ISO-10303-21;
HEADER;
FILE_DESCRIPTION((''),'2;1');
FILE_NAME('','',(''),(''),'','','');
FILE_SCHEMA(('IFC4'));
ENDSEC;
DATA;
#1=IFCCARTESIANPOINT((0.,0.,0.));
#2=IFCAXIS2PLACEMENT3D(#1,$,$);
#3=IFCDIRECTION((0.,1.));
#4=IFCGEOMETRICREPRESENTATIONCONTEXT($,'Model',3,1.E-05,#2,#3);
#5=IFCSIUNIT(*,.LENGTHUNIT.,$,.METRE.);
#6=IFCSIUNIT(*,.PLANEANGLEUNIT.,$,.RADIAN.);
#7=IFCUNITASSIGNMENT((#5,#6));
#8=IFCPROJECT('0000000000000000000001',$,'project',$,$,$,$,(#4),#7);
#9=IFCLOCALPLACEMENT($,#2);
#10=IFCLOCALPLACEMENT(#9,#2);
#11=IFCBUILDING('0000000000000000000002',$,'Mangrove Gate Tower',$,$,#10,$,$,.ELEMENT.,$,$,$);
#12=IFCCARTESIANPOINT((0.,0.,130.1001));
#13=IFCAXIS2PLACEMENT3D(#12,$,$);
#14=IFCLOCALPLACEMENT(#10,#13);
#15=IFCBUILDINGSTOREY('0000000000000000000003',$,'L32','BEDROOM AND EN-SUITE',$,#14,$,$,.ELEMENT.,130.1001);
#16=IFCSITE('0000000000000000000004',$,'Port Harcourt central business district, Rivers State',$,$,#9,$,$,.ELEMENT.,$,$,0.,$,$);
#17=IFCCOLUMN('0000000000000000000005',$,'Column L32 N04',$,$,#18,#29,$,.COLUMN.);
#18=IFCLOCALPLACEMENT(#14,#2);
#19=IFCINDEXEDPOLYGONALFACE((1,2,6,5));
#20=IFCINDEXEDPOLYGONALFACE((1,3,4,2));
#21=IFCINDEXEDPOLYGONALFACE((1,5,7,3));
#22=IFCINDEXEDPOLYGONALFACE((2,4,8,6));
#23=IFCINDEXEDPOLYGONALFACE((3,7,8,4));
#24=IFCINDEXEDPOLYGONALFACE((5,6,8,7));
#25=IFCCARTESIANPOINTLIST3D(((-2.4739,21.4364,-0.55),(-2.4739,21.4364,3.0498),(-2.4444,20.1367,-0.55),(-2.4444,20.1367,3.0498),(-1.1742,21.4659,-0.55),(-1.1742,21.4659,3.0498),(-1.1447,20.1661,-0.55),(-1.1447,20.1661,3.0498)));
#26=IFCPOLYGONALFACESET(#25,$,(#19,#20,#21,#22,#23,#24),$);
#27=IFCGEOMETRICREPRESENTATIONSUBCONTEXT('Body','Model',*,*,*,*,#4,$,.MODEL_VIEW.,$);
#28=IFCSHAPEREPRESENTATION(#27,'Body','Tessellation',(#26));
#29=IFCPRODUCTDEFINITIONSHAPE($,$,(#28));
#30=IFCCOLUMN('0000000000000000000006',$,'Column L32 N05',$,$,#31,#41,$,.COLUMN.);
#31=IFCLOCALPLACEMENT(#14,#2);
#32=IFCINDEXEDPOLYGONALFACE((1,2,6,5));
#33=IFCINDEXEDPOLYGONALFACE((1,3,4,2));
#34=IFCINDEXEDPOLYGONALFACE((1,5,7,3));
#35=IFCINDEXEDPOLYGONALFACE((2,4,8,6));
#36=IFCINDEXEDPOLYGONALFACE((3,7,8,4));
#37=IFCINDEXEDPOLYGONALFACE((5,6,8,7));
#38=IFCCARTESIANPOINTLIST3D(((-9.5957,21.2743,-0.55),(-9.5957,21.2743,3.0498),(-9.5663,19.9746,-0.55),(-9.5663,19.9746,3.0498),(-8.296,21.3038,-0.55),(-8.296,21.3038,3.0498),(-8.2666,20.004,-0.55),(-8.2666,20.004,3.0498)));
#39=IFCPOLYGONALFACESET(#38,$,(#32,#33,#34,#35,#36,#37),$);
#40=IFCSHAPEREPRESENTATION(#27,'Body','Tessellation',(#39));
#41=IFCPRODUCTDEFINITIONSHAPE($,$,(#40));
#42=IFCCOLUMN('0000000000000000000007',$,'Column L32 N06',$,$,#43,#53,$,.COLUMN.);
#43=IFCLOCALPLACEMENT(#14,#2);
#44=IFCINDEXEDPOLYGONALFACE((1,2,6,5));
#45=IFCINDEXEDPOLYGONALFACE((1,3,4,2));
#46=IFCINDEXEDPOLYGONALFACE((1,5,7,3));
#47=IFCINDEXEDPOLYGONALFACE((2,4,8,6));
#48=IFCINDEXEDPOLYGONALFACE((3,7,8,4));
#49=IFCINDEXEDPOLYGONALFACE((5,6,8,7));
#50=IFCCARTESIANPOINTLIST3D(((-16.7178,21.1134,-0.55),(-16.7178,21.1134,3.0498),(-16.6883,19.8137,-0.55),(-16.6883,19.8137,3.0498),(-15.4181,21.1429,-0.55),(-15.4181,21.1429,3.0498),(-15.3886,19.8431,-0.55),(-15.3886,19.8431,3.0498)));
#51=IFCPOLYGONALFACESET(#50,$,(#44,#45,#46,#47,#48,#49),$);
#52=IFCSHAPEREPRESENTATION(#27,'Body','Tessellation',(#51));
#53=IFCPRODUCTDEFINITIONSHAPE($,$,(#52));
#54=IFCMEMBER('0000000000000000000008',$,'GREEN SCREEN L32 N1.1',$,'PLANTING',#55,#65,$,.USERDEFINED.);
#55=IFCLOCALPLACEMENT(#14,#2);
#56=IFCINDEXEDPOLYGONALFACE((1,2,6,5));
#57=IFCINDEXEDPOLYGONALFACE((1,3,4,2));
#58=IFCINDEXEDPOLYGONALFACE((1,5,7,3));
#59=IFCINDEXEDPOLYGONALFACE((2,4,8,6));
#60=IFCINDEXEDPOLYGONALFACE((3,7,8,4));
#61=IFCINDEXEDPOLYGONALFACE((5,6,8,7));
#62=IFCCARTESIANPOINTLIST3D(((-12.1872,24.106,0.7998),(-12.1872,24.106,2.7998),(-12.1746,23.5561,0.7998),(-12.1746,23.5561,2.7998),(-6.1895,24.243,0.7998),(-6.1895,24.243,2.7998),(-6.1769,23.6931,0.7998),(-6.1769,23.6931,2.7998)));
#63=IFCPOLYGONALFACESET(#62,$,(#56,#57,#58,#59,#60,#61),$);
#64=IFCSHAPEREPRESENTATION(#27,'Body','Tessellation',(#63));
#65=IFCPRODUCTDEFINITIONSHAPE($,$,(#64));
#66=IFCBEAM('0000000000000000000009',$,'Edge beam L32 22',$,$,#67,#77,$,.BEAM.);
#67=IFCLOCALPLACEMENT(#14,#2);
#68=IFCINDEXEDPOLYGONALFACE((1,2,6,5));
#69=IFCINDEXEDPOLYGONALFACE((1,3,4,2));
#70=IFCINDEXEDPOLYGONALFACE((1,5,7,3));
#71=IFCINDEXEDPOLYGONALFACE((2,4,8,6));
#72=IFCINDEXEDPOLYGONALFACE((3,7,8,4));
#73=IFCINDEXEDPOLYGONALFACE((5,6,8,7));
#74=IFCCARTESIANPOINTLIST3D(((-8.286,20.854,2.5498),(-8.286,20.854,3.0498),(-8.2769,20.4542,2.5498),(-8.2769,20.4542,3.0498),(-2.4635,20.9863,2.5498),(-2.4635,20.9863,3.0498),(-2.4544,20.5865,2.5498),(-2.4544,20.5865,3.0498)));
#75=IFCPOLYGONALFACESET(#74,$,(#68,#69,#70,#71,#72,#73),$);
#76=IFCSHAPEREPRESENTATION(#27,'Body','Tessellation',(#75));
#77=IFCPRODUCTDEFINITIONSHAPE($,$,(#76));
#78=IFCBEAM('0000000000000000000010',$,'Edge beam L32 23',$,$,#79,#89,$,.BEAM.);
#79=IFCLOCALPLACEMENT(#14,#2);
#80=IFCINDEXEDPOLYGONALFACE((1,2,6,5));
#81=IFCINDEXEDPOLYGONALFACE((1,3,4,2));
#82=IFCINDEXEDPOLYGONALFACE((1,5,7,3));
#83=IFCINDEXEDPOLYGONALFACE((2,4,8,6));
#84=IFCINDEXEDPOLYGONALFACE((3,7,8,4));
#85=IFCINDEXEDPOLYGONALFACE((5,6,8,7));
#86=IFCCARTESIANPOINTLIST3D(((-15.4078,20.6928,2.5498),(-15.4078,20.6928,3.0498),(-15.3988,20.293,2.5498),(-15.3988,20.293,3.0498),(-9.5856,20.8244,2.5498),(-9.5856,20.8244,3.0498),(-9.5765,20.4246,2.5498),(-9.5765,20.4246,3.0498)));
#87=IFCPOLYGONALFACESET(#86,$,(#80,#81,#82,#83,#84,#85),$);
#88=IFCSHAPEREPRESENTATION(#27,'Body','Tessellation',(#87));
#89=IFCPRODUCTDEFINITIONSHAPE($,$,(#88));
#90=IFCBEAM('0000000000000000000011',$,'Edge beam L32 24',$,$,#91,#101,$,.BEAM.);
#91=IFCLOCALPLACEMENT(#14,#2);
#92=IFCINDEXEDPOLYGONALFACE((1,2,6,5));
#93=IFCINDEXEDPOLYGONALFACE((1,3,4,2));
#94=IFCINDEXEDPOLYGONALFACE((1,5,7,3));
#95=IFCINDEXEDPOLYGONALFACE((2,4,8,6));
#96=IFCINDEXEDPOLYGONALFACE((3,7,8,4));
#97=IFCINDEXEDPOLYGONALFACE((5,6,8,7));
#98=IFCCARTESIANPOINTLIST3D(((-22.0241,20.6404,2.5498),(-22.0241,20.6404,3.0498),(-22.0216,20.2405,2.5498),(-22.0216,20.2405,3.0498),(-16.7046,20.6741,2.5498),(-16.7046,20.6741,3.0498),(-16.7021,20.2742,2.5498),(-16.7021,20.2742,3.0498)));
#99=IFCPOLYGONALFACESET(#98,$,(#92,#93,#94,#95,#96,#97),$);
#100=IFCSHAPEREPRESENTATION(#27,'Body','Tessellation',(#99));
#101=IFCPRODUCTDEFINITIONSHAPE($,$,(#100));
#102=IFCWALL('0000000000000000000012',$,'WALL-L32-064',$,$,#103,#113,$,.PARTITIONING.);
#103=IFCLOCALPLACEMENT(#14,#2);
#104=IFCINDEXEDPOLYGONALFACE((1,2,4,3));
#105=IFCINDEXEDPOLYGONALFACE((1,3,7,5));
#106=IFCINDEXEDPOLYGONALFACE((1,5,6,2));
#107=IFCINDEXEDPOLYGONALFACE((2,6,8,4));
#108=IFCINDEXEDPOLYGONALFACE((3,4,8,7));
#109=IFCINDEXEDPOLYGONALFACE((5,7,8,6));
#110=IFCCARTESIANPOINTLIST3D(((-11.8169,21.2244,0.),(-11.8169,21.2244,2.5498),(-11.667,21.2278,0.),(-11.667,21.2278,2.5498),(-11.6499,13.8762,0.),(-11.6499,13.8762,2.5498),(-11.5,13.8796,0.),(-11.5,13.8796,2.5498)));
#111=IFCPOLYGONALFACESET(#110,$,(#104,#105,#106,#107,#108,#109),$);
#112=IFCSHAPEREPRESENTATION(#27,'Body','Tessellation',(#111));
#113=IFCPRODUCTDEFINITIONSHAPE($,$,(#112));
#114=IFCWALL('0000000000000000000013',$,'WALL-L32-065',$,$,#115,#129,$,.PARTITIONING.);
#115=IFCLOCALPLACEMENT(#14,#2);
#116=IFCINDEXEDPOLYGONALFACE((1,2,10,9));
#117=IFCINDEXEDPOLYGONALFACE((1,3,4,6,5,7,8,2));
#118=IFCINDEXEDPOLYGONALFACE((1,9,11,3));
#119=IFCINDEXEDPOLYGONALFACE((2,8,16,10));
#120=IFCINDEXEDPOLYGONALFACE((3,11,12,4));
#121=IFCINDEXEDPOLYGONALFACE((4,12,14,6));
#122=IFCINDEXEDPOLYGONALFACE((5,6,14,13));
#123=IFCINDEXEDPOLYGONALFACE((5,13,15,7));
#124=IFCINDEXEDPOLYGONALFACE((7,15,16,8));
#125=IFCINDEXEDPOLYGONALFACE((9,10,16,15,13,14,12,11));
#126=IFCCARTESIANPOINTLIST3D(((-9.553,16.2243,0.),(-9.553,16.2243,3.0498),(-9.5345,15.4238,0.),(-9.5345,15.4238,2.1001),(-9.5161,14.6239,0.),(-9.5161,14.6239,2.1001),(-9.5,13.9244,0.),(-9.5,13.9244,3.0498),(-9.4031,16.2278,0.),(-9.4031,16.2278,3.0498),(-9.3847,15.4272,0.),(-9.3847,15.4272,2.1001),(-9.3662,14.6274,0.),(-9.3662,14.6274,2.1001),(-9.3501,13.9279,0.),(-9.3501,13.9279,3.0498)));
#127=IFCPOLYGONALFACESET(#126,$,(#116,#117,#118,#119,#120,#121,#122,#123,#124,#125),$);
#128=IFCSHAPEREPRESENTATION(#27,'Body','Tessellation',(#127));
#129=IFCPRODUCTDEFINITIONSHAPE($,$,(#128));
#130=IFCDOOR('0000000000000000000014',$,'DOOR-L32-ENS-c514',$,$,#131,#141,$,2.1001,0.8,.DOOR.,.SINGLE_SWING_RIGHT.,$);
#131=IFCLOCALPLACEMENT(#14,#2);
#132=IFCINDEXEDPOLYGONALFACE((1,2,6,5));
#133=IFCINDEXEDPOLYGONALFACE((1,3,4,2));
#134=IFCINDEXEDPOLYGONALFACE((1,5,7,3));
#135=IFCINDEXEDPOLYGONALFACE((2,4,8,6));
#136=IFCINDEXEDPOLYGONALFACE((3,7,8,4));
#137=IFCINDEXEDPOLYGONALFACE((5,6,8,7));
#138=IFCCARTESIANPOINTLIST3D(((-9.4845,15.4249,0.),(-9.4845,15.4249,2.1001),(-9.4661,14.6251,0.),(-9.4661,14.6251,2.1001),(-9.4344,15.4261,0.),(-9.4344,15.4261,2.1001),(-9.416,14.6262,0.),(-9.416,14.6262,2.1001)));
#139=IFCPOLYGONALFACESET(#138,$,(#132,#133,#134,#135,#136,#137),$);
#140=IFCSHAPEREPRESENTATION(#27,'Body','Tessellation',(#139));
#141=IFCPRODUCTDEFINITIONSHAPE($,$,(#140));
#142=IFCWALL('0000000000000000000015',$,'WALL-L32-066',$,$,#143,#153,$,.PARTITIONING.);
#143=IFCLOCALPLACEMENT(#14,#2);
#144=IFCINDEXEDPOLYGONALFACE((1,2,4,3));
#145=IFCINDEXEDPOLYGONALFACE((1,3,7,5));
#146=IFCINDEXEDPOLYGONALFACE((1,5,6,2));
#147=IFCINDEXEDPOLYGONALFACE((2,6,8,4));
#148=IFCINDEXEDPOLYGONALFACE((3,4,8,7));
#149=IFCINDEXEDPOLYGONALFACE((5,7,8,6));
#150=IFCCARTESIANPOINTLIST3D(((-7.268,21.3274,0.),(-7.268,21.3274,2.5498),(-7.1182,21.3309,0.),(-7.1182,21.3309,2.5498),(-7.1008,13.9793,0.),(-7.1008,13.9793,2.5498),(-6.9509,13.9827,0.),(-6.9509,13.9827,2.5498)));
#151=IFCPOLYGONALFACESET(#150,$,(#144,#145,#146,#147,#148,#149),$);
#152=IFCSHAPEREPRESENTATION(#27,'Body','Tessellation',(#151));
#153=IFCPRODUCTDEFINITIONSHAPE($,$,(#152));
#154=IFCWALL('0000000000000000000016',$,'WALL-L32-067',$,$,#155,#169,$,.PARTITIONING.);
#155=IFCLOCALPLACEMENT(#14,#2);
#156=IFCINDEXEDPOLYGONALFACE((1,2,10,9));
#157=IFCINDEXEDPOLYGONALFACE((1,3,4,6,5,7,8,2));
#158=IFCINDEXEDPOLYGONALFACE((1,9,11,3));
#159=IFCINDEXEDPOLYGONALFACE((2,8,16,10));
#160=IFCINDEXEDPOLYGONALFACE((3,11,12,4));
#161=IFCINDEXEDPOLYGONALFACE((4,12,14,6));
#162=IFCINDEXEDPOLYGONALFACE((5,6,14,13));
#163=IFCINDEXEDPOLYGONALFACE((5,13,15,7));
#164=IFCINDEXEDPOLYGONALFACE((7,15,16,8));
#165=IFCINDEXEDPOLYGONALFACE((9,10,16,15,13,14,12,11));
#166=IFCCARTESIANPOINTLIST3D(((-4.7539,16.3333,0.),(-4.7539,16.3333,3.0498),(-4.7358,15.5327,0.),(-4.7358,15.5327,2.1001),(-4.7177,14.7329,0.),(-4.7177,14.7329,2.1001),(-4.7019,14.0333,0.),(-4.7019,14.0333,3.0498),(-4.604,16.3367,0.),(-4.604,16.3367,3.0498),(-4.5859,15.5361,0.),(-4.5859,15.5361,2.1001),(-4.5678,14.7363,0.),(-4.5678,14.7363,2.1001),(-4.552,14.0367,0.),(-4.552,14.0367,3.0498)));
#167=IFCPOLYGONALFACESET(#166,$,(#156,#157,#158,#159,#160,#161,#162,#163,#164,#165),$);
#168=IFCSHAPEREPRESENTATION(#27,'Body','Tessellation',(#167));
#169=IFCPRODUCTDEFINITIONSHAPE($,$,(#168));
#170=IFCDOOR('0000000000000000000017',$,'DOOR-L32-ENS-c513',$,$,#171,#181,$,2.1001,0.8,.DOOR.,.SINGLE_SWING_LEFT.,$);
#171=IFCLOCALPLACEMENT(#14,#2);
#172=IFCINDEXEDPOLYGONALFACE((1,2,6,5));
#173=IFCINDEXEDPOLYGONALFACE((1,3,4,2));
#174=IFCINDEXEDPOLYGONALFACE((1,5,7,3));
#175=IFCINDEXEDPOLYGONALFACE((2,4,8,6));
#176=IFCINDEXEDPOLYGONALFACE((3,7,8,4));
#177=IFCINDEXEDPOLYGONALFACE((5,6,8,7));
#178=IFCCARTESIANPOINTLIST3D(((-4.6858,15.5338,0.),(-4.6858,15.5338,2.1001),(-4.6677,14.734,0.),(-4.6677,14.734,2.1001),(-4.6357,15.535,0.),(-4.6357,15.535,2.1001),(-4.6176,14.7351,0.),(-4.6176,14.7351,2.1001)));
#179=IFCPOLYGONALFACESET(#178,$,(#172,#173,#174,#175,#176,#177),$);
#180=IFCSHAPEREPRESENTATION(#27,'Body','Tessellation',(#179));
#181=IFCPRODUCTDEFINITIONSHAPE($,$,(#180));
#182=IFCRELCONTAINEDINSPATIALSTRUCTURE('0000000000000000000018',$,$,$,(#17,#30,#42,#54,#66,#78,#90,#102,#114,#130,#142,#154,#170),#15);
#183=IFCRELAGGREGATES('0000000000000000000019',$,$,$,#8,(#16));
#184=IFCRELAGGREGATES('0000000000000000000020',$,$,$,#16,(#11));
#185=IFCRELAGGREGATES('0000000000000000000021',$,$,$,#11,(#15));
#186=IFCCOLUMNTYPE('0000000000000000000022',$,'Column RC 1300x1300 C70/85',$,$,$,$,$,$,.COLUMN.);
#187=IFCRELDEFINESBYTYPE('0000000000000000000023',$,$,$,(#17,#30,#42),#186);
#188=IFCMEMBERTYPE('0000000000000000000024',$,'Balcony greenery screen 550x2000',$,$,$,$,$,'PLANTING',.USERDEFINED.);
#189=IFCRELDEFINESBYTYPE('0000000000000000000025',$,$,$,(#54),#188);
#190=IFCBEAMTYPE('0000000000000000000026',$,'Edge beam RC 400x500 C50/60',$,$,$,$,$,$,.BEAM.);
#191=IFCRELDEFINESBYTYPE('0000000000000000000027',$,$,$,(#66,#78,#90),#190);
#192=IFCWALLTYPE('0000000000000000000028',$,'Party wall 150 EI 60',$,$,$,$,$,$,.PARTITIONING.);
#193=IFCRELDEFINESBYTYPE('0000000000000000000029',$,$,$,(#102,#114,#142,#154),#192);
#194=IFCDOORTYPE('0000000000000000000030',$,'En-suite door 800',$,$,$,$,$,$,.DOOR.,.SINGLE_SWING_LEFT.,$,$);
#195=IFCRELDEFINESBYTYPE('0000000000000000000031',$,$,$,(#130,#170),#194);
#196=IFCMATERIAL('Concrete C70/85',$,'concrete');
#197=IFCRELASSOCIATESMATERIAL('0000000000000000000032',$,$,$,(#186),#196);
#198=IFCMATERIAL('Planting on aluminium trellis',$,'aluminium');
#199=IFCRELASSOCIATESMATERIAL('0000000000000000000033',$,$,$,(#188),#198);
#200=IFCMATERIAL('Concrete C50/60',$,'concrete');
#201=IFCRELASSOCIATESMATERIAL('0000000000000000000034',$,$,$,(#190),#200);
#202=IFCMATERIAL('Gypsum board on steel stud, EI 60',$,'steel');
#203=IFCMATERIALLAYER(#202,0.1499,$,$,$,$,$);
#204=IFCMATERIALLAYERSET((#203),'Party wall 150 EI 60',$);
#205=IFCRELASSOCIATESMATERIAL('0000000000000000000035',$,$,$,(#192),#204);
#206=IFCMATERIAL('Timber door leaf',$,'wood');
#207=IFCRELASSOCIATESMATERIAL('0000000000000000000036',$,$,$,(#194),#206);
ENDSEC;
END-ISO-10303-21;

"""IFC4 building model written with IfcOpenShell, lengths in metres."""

from ifc_helpers import new_model, si_unit, direction, frame, frame_2d, origin, origin_2d, place, context, subcontext, project, spatial, rectangle, extrude, material, layer, layer_set, material_profile, profile_set, type_object, element, fill, save


model = new_model("IFC4")

# Units and contexts
model_context = context("Model", 3, precision=1e-05, world=origin(), true_north=direction((0.0, 1.0)))
body_context = subcontext(model_context, "Body", "Model", "MODEL_VIEW")
ifc_project = project(units=[si_unit("LENGTHUNIT", "METRE"), si_unit("PLANEANGLEUNIT", "RADIAN")], contexts=[model_context])

# Site, building, storey
site_placement = place(None, origin())
site = spatial("IfcSite", under=ifc_project, at=site_placement, Name="Port Harcourt central business district, Rivers State", CompositionType="ELEMENT", RefElevation=0.0)
building_placement = place(site_placement, origin())
building = spatial("IfcBuilding", under=site, at=building_placement, Name="Mangrove Gate Tower", CompositionType="ELEMENT")
storey_placement = place(building_placement, frame((0.0, 0.0, 130.1001)))
storey = spatial("IfcBuildingStorey", under=building, at=storey_placement, Name="L32", Description="BEDROOM AND EN-SUITE", CompositionType="ELEMENT", Elevation=130.1001)

# Columns
ifc_material_1 = material(Name="Concrete C70/85", Category="concrete")
ifc_material_profile_1 = material_profile(ifc_material_1, rectangle(XDim=1.3, YDim=1.3, at=origin_2d()))
ifc_profile_set_1 = profile_set([ifc_material_profile_1], Name="Concrete C70/85")
column_type = type_object("IfcColumnType", Name="Column RC 1300x1300 C70/85", PredefinedType="COLUMN", material=ifc_profile_set_1)
for number, where, z_axis, x_axis, name in (
    (1, (-1.8093, 20.8013, -0.55), (0.0, 0.0, 1.0), (-0.999743, -0.02267, 0.0), "Column L32 N04"),
    (2, (-8.9312, 20.6392, -0.55), (0.0, 0.0, 1.0), (-0.999743, -0.02267, 0.0), "Column L32 N05"),
    (3, (-16.0532, 20.4783, -0.55), (0.0, 0.0, 1.0), (-0.999743, -0.022669, 0.0), "Column L32 N06"),
):
    element("IfcColumn", number, at=place(storey_placement, frame(where, z_axis=z_axis, x_axis=x_axis)), inside=storey, type_object=column_type, Name=name, PredefinedType="COLUMN", context=body_context, shape_type="SweptSolid", body=[
        extrude(rectangle(XDim=1.3, YDim=1.3, at=origin_2d()), origin(), (0.0, 0.0, 1.0), 3.5999),
    ])

# Member
ifc_material_2 = material(Name="Planting on aluminium trellis", Category="aluminium")
ifc_material_profile_2 = material_profile(ifc_material_2, rectangle(XDim=0.55, YDim=2.0, at=origin_2d()))
ifc_profile_set_2 = profile_set([ifc_material_profile_2], Name="Planting on aluminium trellis")
member_type = type_object("IfcMemberType", Name="Balcony greenery screen 550x2000", ElementType="PLANTING", PredefinedType="USERDEFINED", material=ifc_profile_set_2)
member_placement = place(storey_placement, frame((-12.1809, 23.8311, 1.7998), z_axis=(0.999739, 0.02283, 0.0), x_axis=(-0.02283, 0.999739, 0.0)))
element("IfcMember", 4, at=member_placement, inside=storey, type_object=member_type, Name="GREEN SCREEN L32 N1.1", ObjectType="PLANTING", PredefinedType="USERDEFINED", context=body_context, shape_type="SweptSolid", body=[
    extrude(rectangle(XDim=0.55, YDim=2.0, at=origin_2d()), origin(), (0.0, 0.0, 1.0), 5.9993),
])

# Beams
ifc_material_3 = material(Name="Concrete C50/60", Category="concrete")
ifc_material_profile_3 = material_profile(ifc_material_3, rectangle(XDim=0.3999, YDim=0.5, at=origin_2d()))
ifc_profile_set_3 = profile_set([ifc_material_profile_3], Name="Concrete C50/60")
beam_type = type_object("IfcBeamType", Name="Edge beam RC 400x500 C50/60", PredefinedType="BEAM", material=ifc_profile_set_3)
beam_1_placement = place(storey_placement, frame((-2.459, 20.7864, 2.7998), z_axis=(-0.999742, -0.02272, 0.0), x_axis=(0.02272, -0.999742, 0.0)))
element("IfcBeam", 5, at=beam_1_placement, inside=storey, type_object=beam_type, Name="Edge beam L32 22", PredefinedType="BEAM", context=body_context, shape_type="SweptSolid", body=[
    extrude(rectangle(XDim=0.3999, YDim=0.5, at=origin_2d()), origin(), (0.0, 0.0, 1.0), 5.824),
])
beam_2_placement = place(storey_placement, frame((-9.5811, 20.6245, 2.7998), z_axis=(-0.999745, -0.022596, 0.0), x_axis=(0.022596, -0.999745, 0.0)))
element("IfcBeam", 6, at=beam_2_placement, inside=storey, type_object=beam_type, Name="Edge beam L32 23", PredefinedType="BEAM", context=body_context, shape_type="SweptSolid", body=[
    extrude(rectangle(XDim=0.3999, YDim=0.5, at=origin_2d()), origin(), (0.0, 0.0, 1.0), 5.8237),
])
beam_3_placement = place(storey_placement, frame((-16.7034, 20.4741, 2.7998), z_axis=(-0.99998, -0.006333, 0.0), x_axis=(0.006333, -0.99998, 0.0)))
element("IfcBeam", 7, at=beam_3_placement, inside=storey, type_object=beam_type, Name="Edge beam L32 24", PredefinedType="BEAM", context=body_context, shape_type="SweptSolid", body=[
    extrude(rectangle(XDim=0.3999, YDim=0.5, at=origin_2d()), origin(), (0.0, 0.0, 1.0), 5.3196),
])

# Wall
ifc_material_4 = material(Name="Gypsum board on steel stud, EI 60", Category="steel")
ifc_layer_1 = layer(ifc_material_4, 0.1499)
ifc_layer_set_1 = layer_set([ifc_layer_1], Name="Party wall 150 EI 60")
wall_type_1 = type_object("IfcWallType", Name="Party wall 150 EI 60", PredefinedType="PARTITIONING", material=ifc_layer_set_1)
wall_1_placement = place(storey_placement, frame((-11.575, 13.8779, 0.0), z_axis=(0.0, 0.0, 1.0), x_axis=(-0.02272, 0.999742, 0.0)))
element("IfcWall", 8, at=wall_1_placement, inside=storey, type_object=wall_type_1, Name="WALL-L32-064", PredefinedType="PARTITIONING", context=body_context, shape_type="SweptSolid", body=[
    extrude(rectangle(XDim=7.3501, YDim=0.1499, at=frame_2d((3.675, 0.0))), origin(), (0.0, 0.0, 1.0), 2.5498),
])

# Wall, opening, door
wall_2_placement = place(storey_placement, frame((-9.425, 13.926, 0.0), z_axis=(0.0, 0.0, 1.0), x_axis=(-0.023028, 0.999735, 0.0)))
wall_2 = element("IfcWall", 9, at=wall_2_placement, inside=storey, type_object=wall_type_1, Name="WALL-L32-065", PredefinedType="PARTITIONING", context=body_context, shape_type="SweptSolid", body=[
    extrude(rectangle(XDim=2.3005, YDim=0.1499, at=frame_2d((1.1504, 0.0))), origin(), (0.0, 0.0, 1.0), 3.0498),
])
opening_1_placement = place(wall_2_placement, frame((0.7, 0.0, 0.0)))
opening_1 = element("IfcOpeningElement", 10, at=opening_1_placement, cuts=wall_2, PredefinedType="OPENING", context=body_context, shape_type="SweptSolid", body=[
    extrude(rectangle(XDim=0.8, YDim=2.1001, at=frame_2d((0.3999, 1.05))), frame((0.0, 0.085, 0.0), z_axis=(0.0, -1.0, 0.0), x_axis=(1.0, 0.0, 0.0)), (0.0, 0.0, 1.0), 0.1699),
])
ifc_material_5 = material(Name="Timber door leaf", Category="wood")
door_type = type_object("IfcDoorType", Name="En-suite door 800", OperationType="SINGLE_SWING_LEFT", PredefinedType="DOOR", material=ifc_material_5)
door_1_placement = place(opening_1_placement, origin())
door_1 = element("IfcDoor", 11, at=door_1_placement, inside=storey, type_object=door_type, Name="DOOR-L32-ENS-c514", OperationType="SINGLE_SWING_RIGHT", OverallHeight=2.1001, OverallWidth=0.8, PredefinedType="DOOR", context=body_context, shape_type="SweptSolid", body=[
    extrude(rectangle(XDim=0.8, YDim=2.1001, at=frame_2d((0.3999, 1.05))), frame((0.0, 0.0249, 0.0), z_axis=(0.0, -1.0, 0.0), x_axis=(1.0, 0.0, 0.0)), (0.0, 0.0, 1.0), 0.05),
])
fill(opening_1, door_1)

# Wall
wall_3_placement = place(storey_placement, frame((-7.0259, 13.981, 0.0), z_axis=(0.0, 0.0, 1.0), x_axis=(-0.022753, 0.999741, 0.0)))
element("IfcWall", 12, at=wall_3_placement, inside=storey, type_object=wall_type_1, Name="WALL-L32-066", PredefinedType="PARTITIONING", context=body_context, shape_type="SweptSolid", body=[
    extrude(rectangle(XDim=7.3501, YDim=0.1499, at=frame_2d((3.675, 0.0))), origin(), (0.0, 0.0, 1.0), 2.5498),
])

# Wall, opening, door
wall_4_placement = place(storey_placement, frame((-4.627, 14.0349, 0.0), z_axis=(0.0, 0.0, 1.0), x_axis=(-0.022603, 0.999745, 0.0)))
wall_4 = element("IfcWall", 13, at=wall_4_placement, inside=storey, type_object=wall_type_1, Name="WALL-L32-067", PredefinedType="PARTITIONING", context=body_context, shape_type="SweptSolid", body=[
    extrude(rectangle(XDim=2.3005, YDim=0.1499, at=frame_2d((1.1504, 0.0))), origin(), (0.0, 0.0, 1.0), 3.0498),
])
opening_2_placement = place(wall_4_placement, frame((0.7, 0.0, 0.0)))
opening_2 = element("IfcOpeningElement", 14, at=opening_2_placement, cuts=wall_4, PredefinedType="OPENING", context=body_context, shape_type="SweptSolid", body=[
    extrude(rectangle(XDim=0.8, YDim=2.1001, at=frame_2d((0.3999, 1.05))), frame((0.0, 0.085, 0.0), z_axis=(0.0, -1.0, 0.0), x_axis=(1.0, 0.0, 0.0)), (0.0, 0.0, 1.0), 0.1699),
])
door_2_placement = place(opening_2_placement, origin())
door_2 = element("IfcDoor", 15, at=door_2_placement, inside=storey, type_object=door_type, Name="DOOR-L32-ENS-c513", OperationType="SINGLE_SWING_LEFT", OverallHeight=2.1001, OverallWidth=0.8, PredefinedType="DOOR", context=body_context, shape_type="SweptSolid", body=[
    extrude(rectangle(XDim=0.8, YDim=2.1001, at=frame_2d((0.3999, 1.05))), frame((0.0, 0.0249, 0.0), z_axis=(0.0, -1.0, 0.0), x_axis=(1.0, 0.0, 0.0)), (0.0, 0.0, 1.0), 0.05),
])
fill(opening_2, door_2)

save(model, "model.ifc")
